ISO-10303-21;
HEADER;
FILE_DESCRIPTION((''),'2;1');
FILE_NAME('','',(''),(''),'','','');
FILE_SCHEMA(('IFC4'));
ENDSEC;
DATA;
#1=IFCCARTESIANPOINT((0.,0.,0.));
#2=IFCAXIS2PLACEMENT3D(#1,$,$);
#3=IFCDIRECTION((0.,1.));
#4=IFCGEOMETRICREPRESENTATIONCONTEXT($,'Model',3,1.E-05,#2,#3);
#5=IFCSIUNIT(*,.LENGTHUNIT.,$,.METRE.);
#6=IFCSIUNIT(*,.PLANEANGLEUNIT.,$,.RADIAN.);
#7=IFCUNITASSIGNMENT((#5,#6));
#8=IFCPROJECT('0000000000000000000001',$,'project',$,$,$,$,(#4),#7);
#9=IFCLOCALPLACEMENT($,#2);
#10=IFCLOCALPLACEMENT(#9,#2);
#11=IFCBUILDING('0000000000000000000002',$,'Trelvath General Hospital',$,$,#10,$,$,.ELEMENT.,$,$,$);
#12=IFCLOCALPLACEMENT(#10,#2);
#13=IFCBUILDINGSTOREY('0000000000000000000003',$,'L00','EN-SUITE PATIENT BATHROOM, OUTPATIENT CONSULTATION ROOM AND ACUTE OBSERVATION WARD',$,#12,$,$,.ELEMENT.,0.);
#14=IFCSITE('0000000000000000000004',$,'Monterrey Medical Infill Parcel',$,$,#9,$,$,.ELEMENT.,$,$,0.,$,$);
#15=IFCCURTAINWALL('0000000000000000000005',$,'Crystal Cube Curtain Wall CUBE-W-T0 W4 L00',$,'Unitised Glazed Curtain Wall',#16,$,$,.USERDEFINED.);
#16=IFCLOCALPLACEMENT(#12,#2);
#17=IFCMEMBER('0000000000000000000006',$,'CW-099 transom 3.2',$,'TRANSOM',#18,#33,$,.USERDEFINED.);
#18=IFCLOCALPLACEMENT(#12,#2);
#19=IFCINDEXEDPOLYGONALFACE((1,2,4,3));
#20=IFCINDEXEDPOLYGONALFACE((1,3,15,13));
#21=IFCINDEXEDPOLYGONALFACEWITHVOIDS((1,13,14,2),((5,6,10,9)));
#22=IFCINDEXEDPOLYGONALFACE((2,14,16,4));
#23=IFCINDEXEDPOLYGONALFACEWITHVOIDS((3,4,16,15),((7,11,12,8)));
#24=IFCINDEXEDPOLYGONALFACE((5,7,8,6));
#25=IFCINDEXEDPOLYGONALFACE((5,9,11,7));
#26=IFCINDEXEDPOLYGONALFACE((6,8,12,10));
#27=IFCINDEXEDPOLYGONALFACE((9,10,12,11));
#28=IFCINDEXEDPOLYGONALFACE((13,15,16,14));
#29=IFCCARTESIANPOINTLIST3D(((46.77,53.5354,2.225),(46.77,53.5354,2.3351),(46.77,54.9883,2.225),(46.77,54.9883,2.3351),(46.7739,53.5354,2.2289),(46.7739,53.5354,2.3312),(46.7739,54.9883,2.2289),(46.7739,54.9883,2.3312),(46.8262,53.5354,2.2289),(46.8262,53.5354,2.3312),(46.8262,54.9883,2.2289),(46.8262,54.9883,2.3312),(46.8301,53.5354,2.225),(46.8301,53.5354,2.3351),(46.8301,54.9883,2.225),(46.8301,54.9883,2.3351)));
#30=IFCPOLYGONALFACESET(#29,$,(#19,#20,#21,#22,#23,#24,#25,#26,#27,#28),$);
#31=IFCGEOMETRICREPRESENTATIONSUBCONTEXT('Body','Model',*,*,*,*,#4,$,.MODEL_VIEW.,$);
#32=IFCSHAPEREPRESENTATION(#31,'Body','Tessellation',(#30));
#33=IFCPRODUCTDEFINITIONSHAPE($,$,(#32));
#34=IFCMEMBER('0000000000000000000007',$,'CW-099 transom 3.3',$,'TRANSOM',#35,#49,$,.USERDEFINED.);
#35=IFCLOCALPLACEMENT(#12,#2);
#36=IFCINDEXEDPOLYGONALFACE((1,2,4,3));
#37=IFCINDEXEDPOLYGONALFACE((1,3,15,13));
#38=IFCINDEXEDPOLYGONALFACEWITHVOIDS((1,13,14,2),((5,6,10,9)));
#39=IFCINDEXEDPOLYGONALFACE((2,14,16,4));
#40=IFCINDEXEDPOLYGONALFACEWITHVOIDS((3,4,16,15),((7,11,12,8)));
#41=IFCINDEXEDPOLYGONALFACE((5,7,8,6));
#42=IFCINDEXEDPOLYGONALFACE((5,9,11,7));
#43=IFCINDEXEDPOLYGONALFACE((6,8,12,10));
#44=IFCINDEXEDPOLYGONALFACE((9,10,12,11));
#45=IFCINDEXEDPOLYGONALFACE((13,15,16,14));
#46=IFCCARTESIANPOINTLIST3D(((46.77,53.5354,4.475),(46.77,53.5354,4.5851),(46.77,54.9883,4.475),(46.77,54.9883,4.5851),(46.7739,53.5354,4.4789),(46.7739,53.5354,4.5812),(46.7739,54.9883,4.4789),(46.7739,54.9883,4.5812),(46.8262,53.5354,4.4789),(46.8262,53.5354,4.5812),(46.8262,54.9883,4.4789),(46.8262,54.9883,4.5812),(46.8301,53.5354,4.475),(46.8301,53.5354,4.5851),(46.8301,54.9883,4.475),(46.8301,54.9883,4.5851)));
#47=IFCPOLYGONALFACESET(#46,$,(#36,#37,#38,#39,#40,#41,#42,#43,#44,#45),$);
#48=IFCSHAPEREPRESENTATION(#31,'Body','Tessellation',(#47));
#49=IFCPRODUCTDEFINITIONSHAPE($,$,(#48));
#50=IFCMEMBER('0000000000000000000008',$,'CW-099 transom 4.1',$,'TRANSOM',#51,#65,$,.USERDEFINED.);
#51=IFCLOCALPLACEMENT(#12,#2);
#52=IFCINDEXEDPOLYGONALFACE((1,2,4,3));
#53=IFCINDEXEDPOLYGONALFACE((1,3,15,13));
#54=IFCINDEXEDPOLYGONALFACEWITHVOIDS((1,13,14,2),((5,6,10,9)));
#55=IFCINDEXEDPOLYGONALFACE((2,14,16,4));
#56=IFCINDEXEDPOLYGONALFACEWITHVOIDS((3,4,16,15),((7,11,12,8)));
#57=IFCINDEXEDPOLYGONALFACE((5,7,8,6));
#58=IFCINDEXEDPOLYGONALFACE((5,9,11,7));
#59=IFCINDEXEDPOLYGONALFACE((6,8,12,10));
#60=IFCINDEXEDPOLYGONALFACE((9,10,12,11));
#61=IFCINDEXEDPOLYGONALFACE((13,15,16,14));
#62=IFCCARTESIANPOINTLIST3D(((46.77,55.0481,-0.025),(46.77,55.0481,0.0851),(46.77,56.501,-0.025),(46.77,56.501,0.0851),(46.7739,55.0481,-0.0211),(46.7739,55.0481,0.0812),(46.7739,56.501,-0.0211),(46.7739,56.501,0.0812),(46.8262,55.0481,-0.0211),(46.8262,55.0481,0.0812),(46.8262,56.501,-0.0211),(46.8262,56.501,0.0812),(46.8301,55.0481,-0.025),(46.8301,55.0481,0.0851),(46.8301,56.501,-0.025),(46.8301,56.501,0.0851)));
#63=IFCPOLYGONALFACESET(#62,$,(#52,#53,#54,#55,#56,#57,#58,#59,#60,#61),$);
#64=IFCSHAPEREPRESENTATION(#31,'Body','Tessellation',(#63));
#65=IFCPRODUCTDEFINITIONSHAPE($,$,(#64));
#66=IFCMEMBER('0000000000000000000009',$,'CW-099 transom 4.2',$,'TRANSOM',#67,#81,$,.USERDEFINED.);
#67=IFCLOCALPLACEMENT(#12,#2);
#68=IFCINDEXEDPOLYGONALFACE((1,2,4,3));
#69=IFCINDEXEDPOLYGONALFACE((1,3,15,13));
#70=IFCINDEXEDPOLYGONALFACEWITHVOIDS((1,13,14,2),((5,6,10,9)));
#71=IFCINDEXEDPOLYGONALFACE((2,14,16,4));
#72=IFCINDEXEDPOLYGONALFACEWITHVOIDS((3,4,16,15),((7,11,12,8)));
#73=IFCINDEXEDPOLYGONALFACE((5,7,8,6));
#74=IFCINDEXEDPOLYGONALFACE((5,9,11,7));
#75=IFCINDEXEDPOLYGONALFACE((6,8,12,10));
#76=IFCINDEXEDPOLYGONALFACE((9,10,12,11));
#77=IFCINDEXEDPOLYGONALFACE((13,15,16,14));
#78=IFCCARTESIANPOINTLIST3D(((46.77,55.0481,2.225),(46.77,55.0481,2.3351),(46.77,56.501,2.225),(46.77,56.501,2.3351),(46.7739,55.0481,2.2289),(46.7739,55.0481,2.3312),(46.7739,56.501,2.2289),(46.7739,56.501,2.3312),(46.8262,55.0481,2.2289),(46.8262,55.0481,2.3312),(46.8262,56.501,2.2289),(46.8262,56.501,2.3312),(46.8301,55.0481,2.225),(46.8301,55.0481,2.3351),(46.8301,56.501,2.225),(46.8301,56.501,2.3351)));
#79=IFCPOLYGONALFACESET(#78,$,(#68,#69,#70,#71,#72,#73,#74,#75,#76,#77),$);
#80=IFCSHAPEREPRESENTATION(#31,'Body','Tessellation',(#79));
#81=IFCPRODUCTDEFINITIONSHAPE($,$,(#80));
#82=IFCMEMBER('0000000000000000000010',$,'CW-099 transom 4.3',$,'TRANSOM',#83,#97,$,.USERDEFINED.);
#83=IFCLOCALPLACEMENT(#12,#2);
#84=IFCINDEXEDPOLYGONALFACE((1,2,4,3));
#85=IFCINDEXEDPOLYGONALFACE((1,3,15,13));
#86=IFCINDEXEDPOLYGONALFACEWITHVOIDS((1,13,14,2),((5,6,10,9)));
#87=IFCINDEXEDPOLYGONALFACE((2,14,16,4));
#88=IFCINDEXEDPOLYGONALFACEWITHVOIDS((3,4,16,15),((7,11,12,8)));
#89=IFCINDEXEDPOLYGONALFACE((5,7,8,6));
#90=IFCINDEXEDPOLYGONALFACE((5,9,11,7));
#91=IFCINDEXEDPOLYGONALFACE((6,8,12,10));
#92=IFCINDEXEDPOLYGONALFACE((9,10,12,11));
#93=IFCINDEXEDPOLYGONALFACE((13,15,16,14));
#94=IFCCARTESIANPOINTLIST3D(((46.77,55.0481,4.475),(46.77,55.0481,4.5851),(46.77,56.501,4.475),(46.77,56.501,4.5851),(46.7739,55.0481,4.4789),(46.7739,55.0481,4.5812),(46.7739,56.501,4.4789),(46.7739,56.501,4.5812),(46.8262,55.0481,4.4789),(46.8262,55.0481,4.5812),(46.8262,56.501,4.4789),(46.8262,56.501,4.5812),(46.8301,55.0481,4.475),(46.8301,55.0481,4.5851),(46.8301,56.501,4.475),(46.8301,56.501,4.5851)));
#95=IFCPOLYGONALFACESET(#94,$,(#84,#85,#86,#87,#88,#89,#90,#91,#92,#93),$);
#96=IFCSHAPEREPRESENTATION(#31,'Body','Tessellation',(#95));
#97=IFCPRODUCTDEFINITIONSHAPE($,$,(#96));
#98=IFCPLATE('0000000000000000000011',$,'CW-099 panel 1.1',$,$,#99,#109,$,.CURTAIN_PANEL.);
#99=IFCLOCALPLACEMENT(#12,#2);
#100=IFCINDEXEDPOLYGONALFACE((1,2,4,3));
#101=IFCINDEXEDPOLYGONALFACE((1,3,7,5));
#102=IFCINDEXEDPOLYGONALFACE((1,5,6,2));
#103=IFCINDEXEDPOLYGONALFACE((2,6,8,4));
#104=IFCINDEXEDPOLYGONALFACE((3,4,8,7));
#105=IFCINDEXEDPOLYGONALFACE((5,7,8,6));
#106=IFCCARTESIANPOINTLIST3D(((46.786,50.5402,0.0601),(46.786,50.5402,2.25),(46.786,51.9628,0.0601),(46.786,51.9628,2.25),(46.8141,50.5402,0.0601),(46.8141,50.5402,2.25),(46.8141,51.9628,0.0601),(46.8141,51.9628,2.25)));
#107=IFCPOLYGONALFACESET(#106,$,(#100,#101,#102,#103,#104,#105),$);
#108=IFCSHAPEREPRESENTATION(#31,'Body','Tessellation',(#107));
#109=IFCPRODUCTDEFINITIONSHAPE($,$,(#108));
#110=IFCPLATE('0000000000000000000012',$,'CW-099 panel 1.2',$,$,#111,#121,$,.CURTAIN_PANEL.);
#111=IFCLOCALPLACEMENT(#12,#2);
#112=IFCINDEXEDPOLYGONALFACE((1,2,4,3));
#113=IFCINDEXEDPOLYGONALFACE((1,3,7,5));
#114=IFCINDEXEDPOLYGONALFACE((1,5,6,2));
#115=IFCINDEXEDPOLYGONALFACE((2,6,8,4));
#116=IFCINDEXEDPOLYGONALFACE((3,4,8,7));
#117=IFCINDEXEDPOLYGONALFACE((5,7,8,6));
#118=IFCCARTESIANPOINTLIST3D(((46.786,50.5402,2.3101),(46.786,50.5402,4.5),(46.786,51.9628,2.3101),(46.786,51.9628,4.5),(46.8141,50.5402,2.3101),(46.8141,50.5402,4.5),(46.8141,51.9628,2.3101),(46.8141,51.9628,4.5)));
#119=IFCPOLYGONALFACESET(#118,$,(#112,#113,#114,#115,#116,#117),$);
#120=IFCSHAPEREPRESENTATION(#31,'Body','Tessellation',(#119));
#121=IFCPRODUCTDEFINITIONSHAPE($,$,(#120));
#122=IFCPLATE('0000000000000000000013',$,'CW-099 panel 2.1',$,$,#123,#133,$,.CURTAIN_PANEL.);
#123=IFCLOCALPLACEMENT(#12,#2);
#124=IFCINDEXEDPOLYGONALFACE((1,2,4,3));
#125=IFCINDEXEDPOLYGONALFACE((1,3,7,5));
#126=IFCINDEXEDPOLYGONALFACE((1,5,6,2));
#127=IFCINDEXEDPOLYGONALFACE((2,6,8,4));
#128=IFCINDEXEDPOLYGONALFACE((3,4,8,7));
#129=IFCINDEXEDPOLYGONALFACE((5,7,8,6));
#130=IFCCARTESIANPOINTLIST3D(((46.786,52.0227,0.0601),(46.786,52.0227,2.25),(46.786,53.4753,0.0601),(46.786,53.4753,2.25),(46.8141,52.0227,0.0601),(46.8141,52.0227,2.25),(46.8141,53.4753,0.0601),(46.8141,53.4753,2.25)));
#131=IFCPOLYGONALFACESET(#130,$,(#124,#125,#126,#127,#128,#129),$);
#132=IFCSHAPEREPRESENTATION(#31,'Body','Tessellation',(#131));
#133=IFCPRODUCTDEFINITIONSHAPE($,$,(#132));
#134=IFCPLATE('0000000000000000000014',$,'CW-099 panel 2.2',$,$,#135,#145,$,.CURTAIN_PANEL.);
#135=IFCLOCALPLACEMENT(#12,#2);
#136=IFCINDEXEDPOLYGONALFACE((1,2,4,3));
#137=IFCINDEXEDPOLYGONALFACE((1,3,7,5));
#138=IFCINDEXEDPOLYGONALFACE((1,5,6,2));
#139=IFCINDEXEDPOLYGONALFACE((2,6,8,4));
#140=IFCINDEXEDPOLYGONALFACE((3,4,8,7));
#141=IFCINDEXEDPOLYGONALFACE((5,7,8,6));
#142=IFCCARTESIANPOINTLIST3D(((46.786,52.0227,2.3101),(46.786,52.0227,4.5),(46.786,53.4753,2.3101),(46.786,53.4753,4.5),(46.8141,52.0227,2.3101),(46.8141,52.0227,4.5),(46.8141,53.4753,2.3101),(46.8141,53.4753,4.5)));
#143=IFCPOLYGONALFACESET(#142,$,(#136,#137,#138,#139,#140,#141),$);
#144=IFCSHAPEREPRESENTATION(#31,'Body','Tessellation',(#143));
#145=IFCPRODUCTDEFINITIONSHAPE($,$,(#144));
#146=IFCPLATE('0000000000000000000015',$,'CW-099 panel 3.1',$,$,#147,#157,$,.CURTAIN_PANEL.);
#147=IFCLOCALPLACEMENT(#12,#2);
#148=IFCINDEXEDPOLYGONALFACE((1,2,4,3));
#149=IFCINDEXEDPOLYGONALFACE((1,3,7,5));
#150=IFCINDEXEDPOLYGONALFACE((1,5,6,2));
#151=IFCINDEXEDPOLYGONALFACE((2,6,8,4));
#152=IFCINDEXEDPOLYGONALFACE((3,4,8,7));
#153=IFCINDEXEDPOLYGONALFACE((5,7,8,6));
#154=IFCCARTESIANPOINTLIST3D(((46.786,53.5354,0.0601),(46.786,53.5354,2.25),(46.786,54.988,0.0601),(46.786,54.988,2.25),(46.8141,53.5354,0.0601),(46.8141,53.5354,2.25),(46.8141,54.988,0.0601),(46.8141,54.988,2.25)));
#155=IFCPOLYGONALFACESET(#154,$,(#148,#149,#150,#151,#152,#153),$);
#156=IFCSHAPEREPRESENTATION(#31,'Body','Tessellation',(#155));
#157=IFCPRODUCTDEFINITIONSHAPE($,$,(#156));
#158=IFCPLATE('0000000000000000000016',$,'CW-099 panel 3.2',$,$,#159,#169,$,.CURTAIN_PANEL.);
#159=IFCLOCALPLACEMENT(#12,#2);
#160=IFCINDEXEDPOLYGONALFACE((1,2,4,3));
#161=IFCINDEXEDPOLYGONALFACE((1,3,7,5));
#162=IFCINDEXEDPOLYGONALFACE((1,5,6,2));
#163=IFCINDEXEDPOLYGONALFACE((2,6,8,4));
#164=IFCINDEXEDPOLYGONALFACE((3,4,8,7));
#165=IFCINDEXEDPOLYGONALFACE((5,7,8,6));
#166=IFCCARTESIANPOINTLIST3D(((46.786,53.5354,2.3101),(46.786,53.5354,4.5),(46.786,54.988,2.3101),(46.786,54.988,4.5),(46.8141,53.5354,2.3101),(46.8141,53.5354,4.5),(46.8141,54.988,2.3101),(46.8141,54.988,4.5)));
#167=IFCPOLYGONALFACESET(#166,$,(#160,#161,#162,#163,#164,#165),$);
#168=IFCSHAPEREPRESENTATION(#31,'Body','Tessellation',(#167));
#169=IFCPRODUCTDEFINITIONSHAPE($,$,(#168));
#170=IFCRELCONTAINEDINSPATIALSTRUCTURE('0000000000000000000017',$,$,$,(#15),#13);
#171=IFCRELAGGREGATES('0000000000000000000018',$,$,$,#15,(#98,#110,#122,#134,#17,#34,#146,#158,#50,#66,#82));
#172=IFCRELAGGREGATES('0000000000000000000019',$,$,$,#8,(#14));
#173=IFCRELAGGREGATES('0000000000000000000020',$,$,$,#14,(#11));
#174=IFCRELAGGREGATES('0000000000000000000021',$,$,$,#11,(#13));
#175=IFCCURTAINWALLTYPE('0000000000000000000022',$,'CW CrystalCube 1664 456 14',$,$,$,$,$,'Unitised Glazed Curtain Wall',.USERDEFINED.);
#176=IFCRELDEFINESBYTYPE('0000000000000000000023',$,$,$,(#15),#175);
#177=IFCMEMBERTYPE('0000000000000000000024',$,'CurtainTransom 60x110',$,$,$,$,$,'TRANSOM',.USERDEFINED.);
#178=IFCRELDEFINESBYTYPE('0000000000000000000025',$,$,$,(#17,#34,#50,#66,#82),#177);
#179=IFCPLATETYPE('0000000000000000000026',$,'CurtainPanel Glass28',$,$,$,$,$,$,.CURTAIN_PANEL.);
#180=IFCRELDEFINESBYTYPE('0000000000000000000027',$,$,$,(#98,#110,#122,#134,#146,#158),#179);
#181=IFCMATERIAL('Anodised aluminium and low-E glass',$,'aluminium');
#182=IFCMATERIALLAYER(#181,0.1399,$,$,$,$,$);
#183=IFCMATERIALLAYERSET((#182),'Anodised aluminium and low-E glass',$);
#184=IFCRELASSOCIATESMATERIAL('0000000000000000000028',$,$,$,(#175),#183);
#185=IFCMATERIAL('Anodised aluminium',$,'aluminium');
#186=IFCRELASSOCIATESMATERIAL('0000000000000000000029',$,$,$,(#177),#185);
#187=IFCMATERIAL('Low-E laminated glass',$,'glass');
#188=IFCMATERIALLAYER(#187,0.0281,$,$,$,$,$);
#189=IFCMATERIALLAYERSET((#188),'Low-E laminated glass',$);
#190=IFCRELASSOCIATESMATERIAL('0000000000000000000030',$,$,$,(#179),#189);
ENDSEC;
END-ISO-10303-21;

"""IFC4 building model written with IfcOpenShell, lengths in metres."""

from ifc_helpers import new_model, si_unit, direction, frame, origin, origin_2d, place, context, subcontext, project, spatial, rectangle, hollow_rectangle, extrude, material, layer, layer_set, material_profile, profile_set, type_object, element, aggregate, save


model = new_model("IFC4")

# Units and contexts
model_context = context("Model", 3, precision=1e-05, world=origin(), true_north=direction((0.0, 1.0)))
body_context = subcontext(model_context, "Body", "Model", "MODEL_VIEW")
ifc_project = project(units=[si_unit("LENGTHUNIT", "METRE"), si_unit("PLANEANGLEUNIT", "RADIAN")], contexts=[model_context])

# Site, building, storey
site_placement = place(None, origin())
site = spatial("IfcSite", under=ifc_project, at=site_placement, Name="Monterrey Medical Infill Parcel", CompositionType="ELEMENT", RefElevation=0.0)
building_placement = place(site_placement, origin())
building = spatial("IfcBuilding", under=site, at=building_placement, Name="Trelvath General Hospital", CompositionType="ELEMENT")
storey_placement = place(building_placement, origin())
storey = spatial("IfcBuildingStorey", under=building, at=storey_placement, Name="L00", Description="EN-SUITE PATIENT BATHROOM, OUTPATIENT CONSULTATION ROOM AND ACUTE OBSERVATION WARD", CompositionType="ELEMENT", Elevation=0.0)

# Curtain wall, members, plates
ifc_material_1 = material(Name="Anodised aluminium and low-E glass", Category="aluminium")
ifc_layer_1 = layer(ifc_material_1, 0.1399)
ifc_layer_set_1 = layer_set([ifc_layer_1], Name="Anodised aluminium and low-E glass")
curtain_wall_type = type_object("IfcCurtainWallType", Name="CW CrystalCube 1664 456 14", ElementType="Unitised Glazed Curtain Wall", PredefinedType="USERDEFINED", material=ifc_layer_set_1)
curtain_wall_placement = place(storey_placement, origin())
curtain_wall = element("IfcCurtainWall", 1, at=curtain_wall_placement, inside=storey, type_object=curtain_wall_type, Name="Crystal Cube Curtain Wall CUBE-W-T0 W4 L00", ObjectType="Unitised Glazed Curtain Wall", PredefinedType="USERDEFINED")
ifc_material_2 = material(Name="Anodised aluminium", Category="aluminium")
ifc_material_profile_1 = material_profile(ifc_material_2, hollow_rectangle(XDim=0.0601, YDim=0.1101, WallThickness=0.0039, at=origin_2d()), Name="RHS60x110x4")
ifc_profile_set_1 = profile_set([ifc_material_profile_1], Name="Anodised aluminium")
member_type_1 = type_object("IfcMemberType", Name="CurtainTransom 60x110", ElementType="TRANSOM", PredefinedType="USERDEFINED", material=ifc_profile_set_1)
member_1_placement = place(storey_placement, frame((46.8, 53.5354, 2.28), z_axis=(0.0, 1.0, 0.0), x_axis=(-1.0, 0.0, 0.0)))
member_1 = element("IfcMember", 2, at=member_1_placement, type_object=member_type_1, Name="CW-099 transom 3.2", ObjectType="TRANSOM", PredefinedType="USERDEFINED", context=body_context, shape_type="SweptSolid", body=[
    extrude(hollow_rectangle(XDim=0.0601, YDim=0.1101, WallThickness=0.0039, at=origin_2d()), origin(), (0.0, 0.0, 1.0), 1.4529),
])
member_2_placement = place(storey_placement, frame((46.8, 53.5354, 4.53), z_axis=(0.0, 1.0, 0.0), x_axis=(-1.0, 0.0, 0.0)))
member_2 = element("IfcMember", 3, at=member_2_placement, type_object=member_type_1, Name="CW-099 transom 3.3", ObjectType="TRANSOM", PredefinedType="USERDEFINED", context=body_context, shape_type="SweptSolid", body=[
    extrude(hollow_rectangle(XDim=0.0601, YDim=0.1101, WallThickness=0.0039, at=origin_2d()), origin(), (0.0, 0.0, 1.0), 1.4529),
])
member_3_placement = place(storey_placement, frame((46.8, 55.0481, 0.03), z_axis=(0.0, 1.0, 0.0), x_axis=(-1.0, 0.0, 0.0)))
member_3 = element("IfcMember", 4, at=member_3_placement, type_object=member_type_1, Name="CW-099 transom 4.1", ObjectType="TRANSOM", PredefinedType="USERDEFINED", context=body_context, shape_type="SweptSolid", body=[
    extrude(hollow_rectangle(XDim=0.0601, YDim=0.1101, WallThickness=0.0039, at=origin_2d()), origin(), (0.0, 0.0, 1.0), 1.4529),
])
member_4_placement = place(storey_placement, frame((46.8, 55.0481, 2.28), z_axis=(0.0, 1.0, 0.0), x_axis=(-1.0, 0.0, 0.0)))
member_4 = element("IfcMember", 5, at=member_4_placement, type_object=member_type_1, Name="CW-099 transom 4.2", ObjectType="TRANSOM", PredefinedType="USERDEFINED", context=body_context, shape_type="SweptSolid", body=[
    extrude(hollow_rectangle(XDim=0.0601, YDim=0.1101, WallThickness=0.0039, at=origin_2d()), origin(), (0.0, 0.0, 1.0), 1.4529),
])
member_5_placement = place(storey_placement, frame((46.8, 55.0481, 4.53), z_axis=(0.0, 1.0, 0.0), x_axis=(-1.0, 0.0, 0.0)))
member_5 = element("IfcMember", 6, at=member_5_placement, type_object=member_type_1, Name="CW-099 transom 4.3", ObjectType="TRANSOM", PredefinedType="USERDEFINED", context=body_context, shape_type="SweptSolid", body=[
    extrude(hollow_rectangle(XDim=0.0601, YDim=0.1101, WallThickness=0.0039, at=origin_2d()), origin(), (0.0, 0.0, 1.0), 1.4529),
])
ifc_material_3 = material(Name="Low-E laminated glass", Category="glass")
ifc_layer_2 = layer(ifc_material_3, 0.0281)
ifc_layer_set_2 = layer_set([ifc_layer_2], Name="Low-E laminated glass")
plate_type = type_object("IfcPlateType", Name="CurtainPanel Glass28", PredefinedType="CURTAIN_PANEL", material=ifc_layer_set_2)
plate_1_placement = place(storey_placement, frame((46.8, 51.2515, 0.0601), z_axis=(0.0, 0.0, 1.0), x_axis=(0.0, 1.0, 0.0)))
plate_1 = element("IfcPlate", 7, at=plate_1_placement, type_object=plate_type, Name="CW-099 panel 1.1", PredefinedType="CURTAIN_PANEL", context=body_context, shape_type="SweptSolid", body=[
    extrude(rectangle(XDim=1.4226, YDim=0.0281, at=origin_2d()), origin(), (0.0, 0.0, 1.0), 2.1899),
])
plate_2_placement = place(storey_placement, frame((46.8, 51.2515, 2.3101), z_axis=(0.0, 0.0, 1.0), x_axis=(0.0, 1.0, 0.0)))
plate_2 = element("IfcPlate", 8, at=plate_2_placement, type_object=plate_type, Name="CW-099 panel 1.2", PredefinedType="CURTAIN_PANEL", context=body_context, shape_type="SweptSolid", body=[
    extrude(rectangle(XDim=1.4226, YDim=0.0281, at=origin_2d()), origin(), (0.0, 0.0, 1.0), 2.1899),
])
plate_3_placement = place(storey_placement, frame((46.8, 52.749, 0.0601), z_axis=(0.0, 0.0, 1.0), x_axis=(0.0, 1.0, 0.0)))
plate_3 = element("IfcPlate", 9, at=plate_3_placement, type_object=plate_type, Name="CW-099 panel 2.1", PredefinedType="CURTAIN_PANEL", context=body_context, shape_type="SweptSolid", body=[
    extrude(rectangle(XDim=1.4526, YDim=0.0281, at=origin_2d()), origin(), (0.0, 0.0, 1.0), 2.1899),
])
plate_4_placement = place(storey_placement, frame((46.8, 52.749, 2.3101), z_axis=(0.0, 0.0, 1.0), x_axis=(0.0, 1.0, 0.0)))
plate_4 = element("IfcPlate", 10, at=plate_4_placement, type_object=plate_type, Name="CW-099 panel 2.2", PredefinedType="CURTAIN_PANEL", context=body_context, shape_type="SweptSolid", body=[
    extrude(rectangle(XDim=1.4526, YDim=0.0281, at=origin_2d()), origin(), (0.0, 0.0, 1.0), 2.1899),
])
plate_5_placement = place(storey_placement, frame((46.8, 54.2617, 0.0601), z_axis=(0.0, 0.0, 1.0), x_axis=(0.0, 1.0, 0.0)))
plate_5 = element("IfcPlate", 11, at=plate_5_placement, type_object=plate_type, Name="CW-099 panel 3.1", PredefinedType="CURTAIN_PANEL", context=body_context, shape_type="SweptSolid", body=[
    extrude(rectangle(XDim=1.4526, YDim=0.0281, at=origin_2d()), origin(), (0.0, 0.0, 1.0), 2.1899),
])
plate_6_placement = place(storey_placement, frame((46.8, 54.2617, 2.3101), z_axis=(0.0, 0.0, 1.0), x_axis=(0.0, 1.0, 0.0)))
plate_6 = element("IfcPlate", 12, at=plate_6_placement, type_object=plate_type, Name="CW-099 panel 3.2", PredefinedType="CURTAIN_PANEL", context=body_context, shape_type="SweptSolid", body=[
    extrude(rectangle(XDim=1.4526, YDim=0.0281, at=origin_2d()), origin(), (0.0, 0.0, 1.0), 2.1899),
])
aggregate(curtain_wall, [plate_1, plate_2, plate_3, plate_4, member_1, member_2, plate_5, plate_6, member_3, member_4, member_5])

save(model, "model.ifc")
